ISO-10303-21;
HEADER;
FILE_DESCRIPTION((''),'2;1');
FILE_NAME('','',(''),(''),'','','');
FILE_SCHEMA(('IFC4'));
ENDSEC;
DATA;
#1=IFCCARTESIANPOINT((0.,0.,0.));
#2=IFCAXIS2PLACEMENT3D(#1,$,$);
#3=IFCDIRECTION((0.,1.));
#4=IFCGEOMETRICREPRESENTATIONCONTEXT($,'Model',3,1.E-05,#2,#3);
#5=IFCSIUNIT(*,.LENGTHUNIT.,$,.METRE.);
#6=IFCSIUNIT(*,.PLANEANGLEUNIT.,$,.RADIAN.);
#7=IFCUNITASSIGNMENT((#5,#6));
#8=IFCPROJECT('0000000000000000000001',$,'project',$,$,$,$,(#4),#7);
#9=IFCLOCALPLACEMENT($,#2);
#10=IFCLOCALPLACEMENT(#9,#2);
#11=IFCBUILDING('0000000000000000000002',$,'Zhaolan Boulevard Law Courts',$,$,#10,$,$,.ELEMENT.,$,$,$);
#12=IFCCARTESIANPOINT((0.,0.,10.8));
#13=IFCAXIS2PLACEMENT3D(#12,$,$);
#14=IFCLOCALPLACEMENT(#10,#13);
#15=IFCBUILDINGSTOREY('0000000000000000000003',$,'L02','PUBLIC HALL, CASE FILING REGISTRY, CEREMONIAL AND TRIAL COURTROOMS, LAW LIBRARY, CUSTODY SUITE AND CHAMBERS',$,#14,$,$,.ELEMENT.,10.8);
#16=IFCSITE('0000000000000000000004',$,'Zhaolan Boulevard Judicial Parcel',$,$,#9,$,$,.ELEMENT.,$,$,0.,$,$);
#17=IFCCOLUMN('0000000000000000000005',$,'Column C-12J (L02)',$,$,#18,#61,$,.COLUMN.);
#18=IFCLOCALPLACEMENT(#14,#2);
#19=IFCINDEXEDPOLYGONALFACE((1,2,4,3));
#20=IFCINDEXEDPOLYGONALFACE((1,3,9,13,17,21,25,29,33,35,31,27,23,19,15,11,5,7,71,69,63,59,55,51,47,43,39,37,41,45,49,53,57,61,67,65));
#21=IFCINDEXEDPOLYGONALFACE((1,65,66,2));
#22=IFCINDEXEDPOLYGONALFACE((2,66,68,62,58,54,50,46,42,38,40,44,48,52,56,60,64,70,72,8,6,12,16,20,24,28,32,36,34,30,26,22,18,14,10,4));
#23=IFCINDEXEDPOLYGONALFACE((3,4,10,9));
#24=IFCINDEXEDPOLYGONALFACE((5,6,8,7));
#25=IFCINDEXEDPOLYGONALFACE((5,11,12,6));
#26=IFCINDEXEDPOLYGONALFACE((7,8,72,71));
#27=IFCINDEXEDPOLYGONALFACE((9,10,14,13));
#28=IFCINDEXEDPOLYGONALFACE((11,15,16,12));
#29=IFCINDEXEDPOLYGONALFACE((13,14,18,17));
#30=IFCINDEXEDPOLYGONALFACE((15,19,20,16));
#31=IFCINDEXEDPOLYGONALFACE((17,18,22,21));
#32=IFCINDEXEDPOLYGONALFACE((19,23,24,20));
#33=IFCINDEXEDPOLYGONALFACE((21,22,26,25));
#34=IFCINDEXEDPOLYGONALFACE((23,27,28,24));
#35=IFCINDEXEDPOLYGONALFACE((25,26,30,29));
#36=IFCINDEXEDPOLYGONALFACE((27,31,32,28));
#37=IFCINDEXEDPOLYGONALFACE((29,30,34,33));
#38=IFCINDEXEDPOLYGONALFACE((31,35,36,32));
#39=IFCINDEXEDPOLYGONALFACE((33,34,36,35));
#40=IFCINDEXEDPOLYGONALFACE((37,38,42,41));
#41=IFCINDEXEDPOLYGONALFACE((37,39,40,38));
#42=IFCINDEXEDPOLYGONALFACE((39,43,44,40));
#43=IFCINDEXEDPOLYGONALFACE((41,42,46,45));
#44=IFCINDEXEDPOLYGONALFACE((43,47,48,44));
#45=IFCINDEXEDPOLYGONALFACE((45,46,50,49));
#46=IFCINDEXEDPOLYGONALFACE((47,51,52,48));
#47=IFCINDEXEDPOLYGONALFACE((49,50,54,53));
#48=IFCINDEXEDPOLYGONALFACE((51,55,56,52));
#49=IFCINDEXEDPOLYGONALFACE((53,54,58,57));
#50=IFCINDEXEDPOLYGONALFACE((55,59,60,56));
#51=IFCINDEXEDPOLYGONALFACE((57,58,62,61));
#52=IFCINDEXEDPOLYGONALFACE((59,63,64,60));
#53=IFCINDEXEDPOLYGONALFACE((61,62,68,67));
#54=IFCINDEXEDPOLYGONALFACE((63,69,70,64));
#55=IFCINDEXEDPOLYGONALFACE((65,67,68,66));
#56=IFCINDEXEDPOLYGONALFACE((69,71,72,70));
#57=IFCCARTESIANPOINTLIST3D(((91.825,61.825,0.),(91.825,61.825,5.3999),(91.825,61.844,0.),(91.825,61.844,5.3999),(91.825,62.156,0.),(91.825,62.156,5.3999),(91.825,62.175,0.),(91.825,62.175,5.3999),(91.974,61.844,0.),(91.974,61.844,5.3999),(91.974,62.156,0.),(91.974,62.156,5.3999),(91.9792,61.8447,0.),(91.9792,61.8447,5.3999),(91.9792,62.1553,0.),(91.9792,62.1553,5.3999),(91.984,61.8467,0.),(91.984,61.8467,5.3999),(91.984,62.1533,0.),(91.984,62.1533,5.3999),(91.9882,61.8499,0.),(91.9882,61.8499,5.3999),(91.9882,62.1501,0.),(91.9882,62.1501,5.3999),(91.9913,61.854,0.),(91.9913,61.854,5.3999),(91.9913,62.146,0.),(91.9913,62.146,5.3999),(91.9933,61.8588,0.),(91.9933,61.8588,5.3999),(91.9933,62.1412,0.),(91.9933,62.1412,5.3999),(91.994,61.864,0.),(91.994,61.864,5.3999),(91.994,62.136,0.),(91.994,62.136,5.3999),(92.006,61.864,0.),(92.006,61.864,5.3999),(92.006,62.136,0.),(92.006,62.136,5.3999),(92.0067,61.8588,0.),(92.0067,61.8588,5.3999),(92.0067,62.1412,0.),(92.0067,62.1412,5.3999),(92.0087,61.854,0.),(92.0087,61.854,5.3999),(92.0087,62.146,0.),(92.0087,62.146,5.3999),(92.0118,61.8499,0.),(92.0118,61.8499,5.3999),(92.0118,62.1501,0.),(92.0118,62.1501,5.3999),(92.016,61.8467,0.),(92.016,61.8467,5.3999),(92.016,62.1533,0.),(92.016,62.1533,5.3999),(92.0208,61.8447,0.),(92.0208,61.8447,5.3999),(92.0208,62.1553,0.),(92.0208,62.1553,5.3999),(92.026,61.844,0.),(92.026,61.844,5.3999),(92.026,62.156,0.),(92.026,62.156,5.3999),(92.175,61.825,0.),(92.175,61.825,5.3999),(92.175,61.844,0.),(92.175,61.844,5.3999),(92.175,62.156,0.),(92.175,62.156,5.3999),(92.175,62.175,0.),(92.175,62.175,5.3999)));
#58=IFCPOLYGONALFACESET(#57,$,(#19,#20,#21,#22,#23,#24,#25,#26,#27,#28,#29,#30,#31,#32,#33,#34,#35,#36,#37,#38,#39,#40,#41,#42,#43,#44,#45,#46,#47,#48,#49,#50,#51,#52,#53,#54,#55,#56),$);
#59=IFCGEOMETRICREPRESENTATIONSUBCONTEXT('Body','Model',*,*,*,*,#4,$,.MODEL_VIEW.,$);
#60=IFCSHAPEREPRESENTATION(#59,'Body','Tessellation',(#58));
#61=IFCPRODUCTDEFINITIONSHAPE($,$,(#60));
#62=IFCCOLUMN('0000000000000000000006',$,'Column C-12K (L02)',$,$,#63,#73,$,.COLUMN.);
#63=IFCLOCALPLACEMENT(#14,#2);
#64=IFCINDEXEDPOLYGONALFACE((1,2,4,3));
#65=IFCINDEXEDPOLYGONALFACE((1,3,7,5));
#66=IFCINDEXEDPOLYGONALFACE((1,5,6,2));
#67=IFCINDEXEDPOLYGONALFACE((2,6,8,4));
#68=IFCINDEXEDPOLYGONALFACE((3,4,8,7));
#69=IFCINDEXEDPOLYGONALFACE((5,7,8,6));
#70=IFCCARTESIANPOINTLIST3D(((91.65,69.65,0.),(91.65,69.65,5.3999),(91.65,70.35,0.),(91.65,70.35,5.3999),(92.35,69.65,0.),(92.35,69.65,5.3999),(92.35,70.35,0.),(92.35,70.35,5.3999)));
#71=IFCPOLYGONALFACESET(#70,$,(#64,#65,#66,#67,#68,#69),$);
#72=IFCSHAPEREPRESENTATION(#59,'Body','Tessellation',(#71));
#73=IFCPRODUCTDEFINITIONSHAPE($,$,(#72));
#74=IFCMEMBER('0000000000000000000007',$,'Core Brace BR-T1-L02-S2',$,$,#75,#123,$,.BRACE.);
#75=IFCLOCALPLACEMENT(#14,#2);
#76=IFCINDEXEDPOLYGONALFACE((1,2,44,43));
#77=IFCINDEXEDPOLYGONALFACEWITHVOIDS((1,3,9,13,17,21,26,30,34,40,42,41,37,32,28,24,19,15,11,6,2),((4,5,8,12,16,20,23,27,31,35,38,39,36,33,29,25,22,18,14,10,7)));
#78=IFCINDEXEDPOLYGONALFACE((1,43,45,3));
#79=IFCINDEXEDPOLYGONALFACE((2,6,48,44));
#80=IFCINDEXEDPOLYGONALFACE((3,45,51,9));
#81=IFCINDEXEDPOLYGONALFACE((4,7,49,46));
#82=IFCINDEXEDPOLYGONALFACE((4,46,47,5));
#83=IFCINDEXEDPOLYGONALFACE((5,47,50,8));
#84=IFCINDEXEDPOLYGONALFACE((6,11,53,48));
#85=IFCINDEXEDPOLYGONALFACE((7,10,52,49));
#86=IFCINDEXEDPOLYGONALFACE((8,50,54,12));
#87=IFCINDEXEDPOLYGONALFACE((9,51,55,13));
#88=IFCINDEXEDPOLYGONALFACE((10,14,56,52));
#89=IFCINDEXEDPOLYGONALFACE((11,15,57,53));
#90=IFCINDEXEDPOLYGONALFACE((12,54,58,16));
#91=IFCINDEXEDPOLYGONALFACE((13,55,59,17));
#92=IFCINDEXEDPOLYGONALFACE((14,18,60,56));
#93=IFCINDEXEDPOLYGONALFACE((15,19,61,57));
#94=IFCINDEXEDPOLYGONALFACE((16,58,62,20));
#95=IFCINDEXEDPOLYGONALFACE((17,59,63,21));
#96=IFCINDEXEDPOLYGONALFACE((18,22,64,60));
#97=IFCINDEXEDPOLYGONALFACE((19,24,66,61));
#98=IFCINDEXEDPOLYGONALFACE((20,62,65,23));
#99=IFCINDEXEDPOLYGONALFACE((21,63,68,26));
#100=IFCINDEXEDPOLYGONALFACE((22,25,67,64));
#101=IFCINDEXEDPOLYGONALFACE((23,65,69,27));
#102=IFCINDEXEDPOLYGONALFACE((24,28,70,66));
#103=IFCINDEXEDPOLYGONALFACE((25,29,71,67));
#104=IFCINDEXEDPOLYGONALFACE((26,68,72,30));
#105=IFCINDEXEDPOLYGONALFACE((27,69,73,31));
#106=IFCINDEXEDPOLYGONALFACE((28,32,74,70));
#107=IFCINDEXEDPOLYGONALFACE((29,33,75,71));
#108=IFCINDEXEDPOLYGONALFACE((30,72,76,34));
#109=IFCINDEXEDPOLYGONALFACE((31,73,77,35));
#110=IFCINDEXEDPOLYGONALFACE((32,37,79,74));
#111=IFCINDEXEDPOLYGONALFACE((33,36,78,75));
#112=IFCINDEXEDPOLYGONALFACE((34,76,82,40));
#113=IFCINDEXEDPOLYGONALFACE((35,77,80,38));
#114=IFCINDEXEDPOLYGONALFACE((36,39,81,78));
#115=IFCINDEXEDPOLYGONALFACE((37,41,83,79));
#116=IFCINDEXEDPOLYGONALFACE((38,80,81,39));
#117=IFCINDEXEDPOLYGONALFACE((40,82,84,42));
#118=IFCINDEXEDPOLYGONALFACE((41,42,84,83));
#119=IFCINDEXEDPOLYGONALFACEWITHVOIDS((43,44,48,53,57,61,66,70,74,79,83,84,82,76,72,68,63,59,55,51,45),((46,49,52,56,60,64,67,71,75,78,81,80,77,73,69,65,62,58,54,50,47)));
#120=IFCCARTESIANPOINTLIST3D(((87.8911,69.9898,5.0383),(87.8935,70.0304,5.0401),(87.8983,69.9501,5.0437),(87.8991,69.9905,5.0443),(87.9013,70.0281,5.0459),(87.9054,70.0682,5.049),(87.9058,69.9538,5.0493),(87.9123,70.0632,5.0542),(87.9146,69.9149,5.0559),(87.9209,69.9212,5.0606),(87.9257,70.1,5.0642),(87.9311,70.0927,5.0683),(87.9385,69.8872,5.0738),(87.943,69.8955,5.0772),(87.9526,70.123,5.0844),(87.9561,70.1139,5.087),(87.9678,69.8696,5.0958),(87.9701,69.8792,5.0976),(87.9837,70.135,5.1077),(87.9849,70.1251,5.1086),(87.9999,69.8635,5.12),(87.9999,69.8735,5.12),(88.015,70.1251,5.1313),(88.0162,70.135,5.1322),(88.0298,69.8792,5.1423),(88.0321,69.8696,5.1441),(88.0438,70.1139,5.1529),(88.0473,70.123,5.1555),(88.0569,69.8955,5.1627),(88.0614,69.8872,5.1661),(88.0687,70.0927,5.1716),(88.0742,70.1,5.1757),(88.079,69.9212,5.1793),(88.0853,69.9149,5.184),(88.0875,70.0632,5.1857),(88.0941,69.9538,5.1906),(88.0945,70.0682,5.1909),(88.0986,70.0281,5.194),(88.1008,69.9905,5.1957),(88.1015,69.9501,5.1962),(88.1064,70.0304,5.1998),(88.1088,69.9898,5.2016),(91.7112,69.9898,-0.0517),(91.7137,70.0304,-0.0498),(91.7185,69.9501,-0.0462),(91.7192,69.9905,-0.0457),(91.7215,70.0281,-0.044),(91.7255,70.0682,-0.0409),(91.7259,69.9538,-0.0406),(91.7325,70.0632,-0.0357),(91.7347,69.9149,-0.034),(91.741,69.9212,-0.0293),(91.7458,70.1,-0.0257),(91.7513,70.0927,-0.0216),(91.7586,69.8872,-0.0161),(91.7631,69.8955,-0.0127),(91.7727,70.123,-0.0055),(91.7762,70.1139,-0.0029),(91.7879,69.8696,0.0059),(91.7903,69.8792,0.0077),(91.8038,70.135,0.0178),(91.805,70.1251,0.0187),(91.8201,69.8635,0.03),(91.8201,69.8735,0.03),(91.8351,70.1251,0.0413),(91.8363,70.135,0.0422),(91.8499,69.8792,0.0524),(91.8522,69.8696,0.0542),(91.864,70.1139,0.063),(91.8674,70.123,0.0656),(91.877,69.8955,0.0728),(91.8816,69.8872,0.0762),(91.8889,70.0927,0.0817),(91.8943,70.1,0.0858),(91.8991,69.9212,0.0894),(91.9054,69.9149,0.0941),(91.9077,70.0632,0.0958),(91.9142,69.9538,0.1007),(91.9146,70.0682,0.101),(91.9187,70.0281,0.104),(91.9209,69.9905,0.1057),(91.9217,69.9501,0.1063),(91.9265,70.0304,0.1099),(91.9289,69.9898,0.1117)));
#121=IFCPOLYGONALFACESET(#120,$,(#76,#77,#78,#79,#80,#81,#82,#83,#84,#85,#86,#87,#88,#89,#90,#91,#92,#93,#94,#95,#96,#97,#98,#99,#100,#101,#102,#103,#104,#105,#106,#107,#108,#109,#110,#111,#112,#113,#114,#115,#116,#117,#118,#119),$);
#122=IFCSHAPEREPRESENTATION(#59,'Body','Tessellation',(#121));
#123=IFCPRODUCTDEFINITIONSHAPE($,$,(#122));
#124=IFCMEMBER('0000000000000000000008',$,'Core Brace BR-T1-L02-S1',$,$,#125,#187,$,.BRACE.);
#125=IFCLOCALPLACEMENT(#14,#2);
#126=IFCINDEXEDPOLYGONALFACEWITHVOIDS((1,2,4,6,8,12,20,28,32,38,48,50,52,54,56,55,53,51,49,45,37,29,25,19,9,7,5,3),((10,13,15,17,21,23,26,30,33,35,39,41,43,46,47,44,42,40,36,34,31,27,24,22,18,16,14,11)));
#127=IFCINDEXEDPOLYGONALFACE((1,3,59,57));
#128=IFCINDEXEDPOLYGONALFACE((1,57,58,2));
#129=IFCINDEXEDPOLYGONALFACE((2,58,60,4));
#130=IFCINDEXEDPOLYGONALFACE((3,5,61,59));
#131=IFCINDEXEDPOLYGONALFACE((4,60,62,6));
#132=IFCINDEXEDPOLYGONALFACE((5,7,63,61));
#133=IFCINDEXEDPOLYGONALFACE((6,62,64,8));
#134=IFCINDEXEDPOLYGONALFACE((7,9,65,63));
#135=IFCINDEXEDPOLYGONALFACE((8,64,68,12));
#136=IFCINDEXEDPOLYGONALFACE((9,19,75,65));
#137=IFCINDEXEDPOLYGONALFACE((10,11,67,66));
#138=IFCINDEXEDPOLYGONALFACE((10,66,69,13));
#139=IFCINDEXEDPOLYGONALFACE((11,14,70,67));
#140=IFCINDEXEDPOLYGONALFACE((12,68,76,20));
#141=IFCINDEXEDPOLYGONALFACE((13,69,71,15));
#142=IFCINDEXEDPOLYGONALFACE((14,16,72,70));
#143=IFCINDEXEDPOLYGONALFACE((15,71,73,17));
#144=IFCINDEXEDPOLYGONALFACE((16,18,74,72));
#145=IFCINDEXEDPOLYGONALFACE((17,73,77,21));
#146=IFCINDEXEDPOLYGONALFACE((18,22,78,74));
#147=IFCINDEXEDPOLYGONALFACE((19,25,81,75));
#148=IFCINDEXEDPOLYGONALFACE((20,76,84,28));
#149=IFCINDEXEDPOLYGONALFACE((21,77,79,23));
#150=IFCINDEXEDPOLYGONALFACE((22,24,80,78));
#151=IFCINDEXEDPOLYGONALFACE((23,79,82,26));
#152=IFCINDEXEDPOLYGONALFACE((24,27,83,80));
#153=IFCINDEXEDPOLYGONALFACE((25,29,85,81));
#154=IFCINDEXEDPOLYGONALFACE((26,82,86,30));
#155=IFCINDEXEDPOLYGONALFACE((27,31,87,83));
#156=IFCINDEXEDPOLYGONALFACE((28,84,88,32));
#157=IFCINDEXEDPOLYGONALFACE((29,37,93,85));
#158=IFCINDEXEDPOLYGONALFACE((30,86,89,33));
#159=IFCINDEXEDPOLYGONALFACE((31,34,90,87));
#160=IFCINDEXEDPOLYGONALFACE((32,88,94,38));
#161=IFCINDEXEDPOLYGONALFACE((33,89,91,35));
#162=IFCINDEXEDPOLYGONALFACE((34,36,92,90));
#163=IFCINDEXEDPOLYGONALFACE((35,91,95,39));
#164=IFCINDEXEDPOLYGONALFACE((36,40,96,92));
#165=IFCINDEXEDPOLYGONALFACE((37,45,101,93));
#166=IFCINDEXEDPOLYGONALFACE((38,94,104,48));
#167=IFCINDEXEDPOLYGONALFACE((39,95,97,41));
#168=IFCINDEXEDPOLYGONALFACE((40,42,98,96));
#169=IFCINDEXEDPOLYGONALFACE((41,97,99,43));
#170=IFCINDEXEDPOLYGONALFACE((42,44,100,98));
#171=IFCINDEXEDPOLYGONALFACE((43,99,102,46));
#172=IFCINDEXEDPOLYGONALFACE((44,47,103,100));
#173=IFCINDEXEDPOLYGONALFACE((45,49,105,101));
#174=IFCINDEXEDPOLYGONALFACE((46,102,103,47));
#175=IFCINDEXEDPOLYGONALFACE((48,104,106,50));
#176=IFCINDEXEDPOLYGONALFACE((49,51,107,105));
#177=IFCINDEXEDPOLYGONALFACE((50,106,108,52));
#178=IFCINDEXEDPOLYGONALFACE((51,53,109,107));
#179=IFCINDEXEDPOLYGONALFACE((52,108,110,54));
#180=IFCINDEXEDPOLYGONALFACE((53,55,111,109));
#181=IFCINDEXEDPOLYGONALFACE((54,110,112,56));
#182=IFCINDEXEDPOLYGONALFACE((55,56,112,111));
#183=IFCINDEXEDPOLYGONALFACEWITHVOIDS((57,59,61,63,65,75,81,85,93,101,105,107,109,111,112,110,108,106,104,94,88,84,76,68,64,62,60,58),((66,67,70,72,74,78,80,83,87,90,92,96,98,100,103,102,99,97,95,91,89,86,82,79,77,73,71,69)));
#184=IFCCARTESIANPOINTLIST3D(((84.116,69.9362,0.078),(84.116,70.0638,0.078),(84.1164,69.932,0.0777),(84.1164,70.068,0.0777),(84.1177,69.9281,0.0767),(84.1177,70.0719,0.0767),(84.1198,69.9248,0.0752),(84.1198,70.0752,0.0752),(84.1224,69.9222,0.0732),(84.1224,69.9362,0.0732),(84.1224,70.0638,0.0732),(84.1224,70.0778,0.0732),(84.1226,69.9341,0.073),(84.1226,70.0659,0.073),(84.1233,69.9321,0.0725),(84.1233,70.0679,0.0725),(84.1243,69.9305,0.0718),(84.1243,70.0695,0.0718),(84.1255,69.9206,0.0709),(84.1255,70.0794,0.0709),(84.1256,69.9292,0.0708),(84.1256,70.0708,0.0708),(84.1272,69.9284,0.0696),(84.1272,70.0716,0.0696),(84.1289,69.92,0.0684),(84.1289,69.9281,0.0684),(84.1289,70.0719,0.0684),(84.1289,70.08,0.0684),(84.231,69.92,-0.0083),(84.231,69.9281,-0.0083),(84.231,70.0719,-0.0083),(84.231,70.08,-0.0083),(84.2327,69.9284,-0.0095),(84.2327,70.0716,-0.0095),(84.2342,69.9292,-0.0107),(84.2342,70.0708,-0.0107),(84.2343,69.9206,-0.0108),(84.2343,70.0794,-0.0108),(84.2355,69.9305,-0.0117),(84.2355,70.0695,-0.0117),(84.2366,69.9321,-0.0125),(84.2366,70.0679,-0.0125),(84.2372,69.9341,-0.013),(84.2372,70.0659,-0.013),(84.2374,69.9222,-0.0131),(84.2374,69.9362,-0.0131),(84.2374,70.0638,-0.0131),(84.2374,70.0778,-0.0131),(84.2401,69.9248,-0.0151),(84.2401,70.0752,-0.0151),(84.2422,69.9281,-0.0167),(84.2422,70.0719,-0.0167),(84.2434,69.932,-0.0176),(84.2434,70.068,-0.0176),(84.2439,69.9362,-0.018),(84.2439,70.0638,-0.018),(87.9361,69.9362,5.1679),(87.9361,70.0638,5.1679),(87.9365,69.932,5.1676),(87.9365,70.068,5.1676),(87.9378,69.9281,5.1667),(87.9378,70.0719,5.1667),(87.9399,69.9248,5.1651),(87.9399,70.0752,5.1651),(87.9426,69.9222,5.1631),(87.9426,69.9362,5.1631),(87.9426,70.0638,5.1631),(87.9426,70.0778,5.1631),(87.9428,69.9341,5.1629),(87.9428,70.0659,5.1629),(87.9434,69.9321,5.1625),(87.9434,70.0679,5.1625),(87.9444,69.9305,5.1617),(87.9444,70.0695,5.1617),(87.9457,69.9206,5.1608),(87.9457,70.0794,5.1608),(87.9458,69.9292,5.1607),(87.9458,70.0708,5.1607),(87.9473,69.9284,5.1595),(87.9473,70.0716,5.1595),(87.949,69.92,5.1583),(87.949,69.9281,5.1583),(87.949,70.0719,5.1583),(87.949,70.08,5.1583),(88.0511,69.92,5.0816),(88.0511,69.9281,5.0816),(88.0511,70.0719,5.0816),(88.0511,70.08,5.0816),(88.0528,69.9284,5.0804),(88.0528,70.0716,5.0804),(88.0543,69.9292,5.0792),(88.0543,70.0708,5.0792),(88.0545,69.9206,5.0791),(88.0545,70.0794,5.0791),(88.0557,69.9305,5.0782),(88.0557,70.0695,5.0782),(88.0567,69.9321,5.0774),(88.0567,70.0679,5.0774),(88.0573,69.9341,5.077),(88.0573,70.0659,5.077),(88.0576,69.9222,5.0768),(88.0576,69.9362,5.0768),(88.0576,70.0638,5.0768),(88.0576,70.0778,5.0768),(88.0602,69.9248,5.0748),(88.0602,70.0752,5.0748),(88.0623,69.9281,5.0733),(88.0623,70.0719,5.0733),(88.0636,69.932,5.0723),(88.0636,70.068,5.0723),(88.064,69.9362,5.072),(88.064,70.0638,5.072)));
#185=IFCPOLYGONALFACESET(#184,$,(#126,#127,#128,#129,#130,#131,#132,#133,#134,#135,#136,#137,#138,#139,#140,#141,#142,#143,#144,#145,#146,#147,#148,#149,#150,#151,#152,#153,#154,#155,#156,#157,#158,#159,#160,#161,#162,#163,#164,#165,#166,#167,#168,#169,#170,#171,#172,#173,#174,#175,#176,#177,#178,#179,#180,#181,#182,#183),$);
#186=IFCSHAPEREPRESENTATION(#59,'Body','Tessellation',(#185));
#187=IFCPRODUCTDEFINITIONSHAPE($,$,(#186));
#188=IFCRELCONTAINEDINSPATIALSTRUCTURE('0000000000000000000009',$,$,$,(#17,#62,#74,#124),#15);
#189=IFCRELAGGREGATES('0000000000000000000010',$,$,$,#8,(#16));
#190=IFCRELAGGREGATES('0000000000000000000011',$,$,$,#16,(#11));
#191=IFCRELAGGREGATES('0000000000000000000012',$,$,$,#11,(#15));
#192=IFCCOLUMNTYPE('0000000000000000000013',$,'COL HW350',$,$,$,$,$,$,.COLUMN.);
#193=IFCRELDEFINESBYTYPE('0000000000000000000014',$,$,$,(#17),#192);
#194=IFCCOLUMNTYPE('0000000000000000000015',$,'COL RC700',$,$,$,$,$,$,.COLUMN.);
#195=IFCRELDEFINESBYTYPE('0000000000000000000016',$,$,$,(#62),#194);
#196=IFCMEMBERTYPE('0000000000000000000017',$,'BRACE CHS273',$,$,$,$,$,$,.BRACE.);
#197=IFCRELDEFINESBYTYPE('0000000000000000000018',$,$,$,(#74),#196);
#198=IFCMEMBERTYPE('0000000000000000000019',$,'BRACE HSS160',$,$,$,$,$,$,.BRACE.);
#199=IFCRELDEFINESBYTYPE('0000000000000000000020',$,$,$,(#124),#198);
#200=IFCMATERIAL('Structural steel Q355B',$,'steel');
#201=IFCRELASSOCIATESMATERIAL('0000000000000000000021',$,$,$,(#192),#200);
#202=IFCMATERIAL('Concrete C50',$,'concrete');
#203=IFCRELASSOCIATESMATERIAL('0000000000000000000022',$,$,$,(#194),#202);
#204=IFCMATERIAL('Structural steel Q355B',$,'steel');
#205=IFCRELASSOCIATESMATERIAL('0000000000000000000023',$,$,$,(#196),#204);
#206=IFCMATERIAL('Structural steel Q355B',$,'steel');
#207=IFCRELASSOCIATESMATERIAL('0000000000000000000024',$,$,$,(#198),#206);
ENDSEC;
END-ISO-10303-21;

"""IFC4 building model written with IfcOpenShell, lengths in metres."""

from ifc_helpers import new_model, si_unit, direction, frame, origin, origin_2d, place, context, subcontext, project, spatial, rectangle, hollow_rectangle, hollow_circle, i_section, extrude, material, material_profile, profile_set, type_object, element, save


model = new_model("IFC4")

# Units and contexts
model_context = context("Model", 3, precision=1e-05, world=origin(), true_north=direction((0.0, 1.0)))
body_context = subcontext(model_context, "Body", "Model", "MODEL_VIEW")
ifc_project = project(units=[si_unit("LENGTHUNIT", "METRE"), si_unit("PLANEANGLEUNIT", "RADIAN")], contexts=[model_context])

# Site, building, storey
site_placement = place(None, origin())
site = spatial("IfcSite", under=ifc_project, at=site_placement, Name="Zhaolan Boulevard Judicial Parcel", CompositionType="ELEMENT", RefElevation=0.0)
building_placement = place(site_placement, origin())
building = spatial("IfcBuilding", under=site, at=building_placement, Name="Zhaolan Boulevard Law Courts", CompositionType="ELEMENT")
storey_placement = place(building_placement, frame((0.0, 0.0, 10.8)))
storey = spatial("IfcBuildingStorey", under=building, at=storey_placement, Name="L02", Description="PUBLIC HALL, CASE FILING REGISTRY, CEREMONIAL AND TRIAL COURTROOMS, LAW LIBRARY, CUSTODY SUITE AND CHAMBERS", CompositionType="ELEMENT", Elevation=10.8)

# Columns
ifc_material_1 = material(Name="Structural steel Q355B", Category="steel")
ifc_material_profile_1 = material_profile(ifc_material_1, i_section(OverallWidth=0.3501, OverallDepth=0.3501, WebThickness=0.012, FlangeThickness=0.019, FilletRadius=0.02, at=origin_2d()), Name="HW350x350")
ifc_profile_set_1 = profile_set([ifc_material_profile_1], Name="Structural steel Q355B")
column_type_1 = type_object("IfcColumnType", Name="COL HW350", PredefinedType="COLUMN", material=ifc_profile_set_1)
column_1_placement = place(storey_placement, frame((92.0, 62.0, 0.0), z_axis=(0.0, 0.0, 1.0), x_axis=(1.0, 0.0, 0.0)))
element("IfcColumn", 1, at=column_1_placement, inside=storey, type_object=column_type_1, Name="Column C-12J (L02)", PredefinedType="COLUMN", context=body_context, shape_type="SweptSolid", body=[
    extrude(i_section(OverallWidth=0.3501, OverallDepth=0.3501, WebThickness=0.012, FlangeThickness=0.019, FilletRadius=0.02, at=origin_2d()), origin(), (0.0, 0.0, 1.0), 5.3999),
])
ifc_material_2 = material(Name="Concrete C50", Category="concrete")
ifc_material_profile_2 = material_profile(ifc_material_2, rectangle(XDim=0.7, YDim=0.7, at=origin_2d()), Name="RC700x700")
ifc_profile_set_2 = profile_set([ifc_material_profile_2], Name="Concrete C50")
column_type_2 = type_object("IfcColumnType", Name="COL RC700", PredefinedType="COLUMN", material=ifc_profile_set_2)
column_2_placement = place(storey_placement, frame((92.0, 70.0, 0.0), z_axis=(0.0, 0.0, 1.0), x_axis=(1.0, 0.0, 0.0)))
element("IfcColumn", 2, at=column_2_placement, inside=storey, type_object=column_type_2, Name="Column C-12K (L02)", PredefinedType="COLUMN", context=body_context, shape_type="SweptSolid", body=[
    extrude(rectangle(XDim=0.7, YDim=0.7, at=origin_2d()), origin(), (0.0, 0.0, 1.0), 5.3999),
])

# Members
ifc_material_3 = material(Name="Structural steel Q355B", Category="steel")
ifc_material_profile_3 = material_profile(ifc_material_3, hollow_circle(Radius=0.1365, WallThickness=0.01, at=origin_2d()), Name="CHS273x10")
ifc_profile_set_3 = profile_set([ifc_material_profile_3], Name="Structural steel Q355B")
member_type_1 = type_object("IfcMemberType", Name="BRACE CHS273", PredefinedType="BRACE", material=ifc_profile_set_3)
member_1_placement = place(storey_placement, frame((91.8201, 70.0, 0.03), z_axis=(-0.60027, 0.0, 0.799797), x_axis=(0.0, -1.0, 0.0)))
element("IfcMember", 3, at=member_1_placement, inside=storey, type_object=member_type_1, Name="Core Brace BR-T1-L02-S2", PredefinedType="BRACE", context=body_context, shape_type="SweptSolid", body=[
    extrude(hollow_circle(Radius=0.1365, WallThickness=0.01, at=origin_2d()), origin(), (0.0, 0.0, 1.0), 6.364),
])
ifc_material_4 = material(Name="Structural steel Q355B", Category="steel")
ifc_material_profile_4 = material_profile(ifc_material_4, hollow_rectangle(XDim=0.1599, YDim=0.1599, WallThickness=0.0081, InnerFilletRadius=0.0081, OuterFilletRadius=0.0161, at=origin_2d()), Name="HSS160x160x8")
ifc_profile_set_4 = profile_set([ifc_material_profile_4], Name="Structural steel Q355B")
member_type_2 = type_object("IfcMemberType", Name="BRACE HSS160", PredefinedType="BRACE", material=ifc_profile_set_4)
member_2_placement = place(storey_placement, frame((84.1799, 70.0, 0.03), z_axis=(0.60027, 0.0, 0.799797), x_axis=(0.0, 1.0, 0.0)))
element("IfcMember", 4, at=member_2_placement, inside=storey, type_object=member_type_2, Name="Core Brace BR-T1-L02-S1", PredefinedType="BRACE", context=body_context, shape_type="SweptSolid", body=[
    extrude(hollow_rectangle(XDim=0.1599, YDim=0.1599, WallThickness=0.0081, InnerFilletRadius=0.0081, OuterFilletRadius=0.0161, at=origin_2d()), origin(), (0.0, 0.0, 1.0), 6.364),
])

save(model, "model.ifc")
